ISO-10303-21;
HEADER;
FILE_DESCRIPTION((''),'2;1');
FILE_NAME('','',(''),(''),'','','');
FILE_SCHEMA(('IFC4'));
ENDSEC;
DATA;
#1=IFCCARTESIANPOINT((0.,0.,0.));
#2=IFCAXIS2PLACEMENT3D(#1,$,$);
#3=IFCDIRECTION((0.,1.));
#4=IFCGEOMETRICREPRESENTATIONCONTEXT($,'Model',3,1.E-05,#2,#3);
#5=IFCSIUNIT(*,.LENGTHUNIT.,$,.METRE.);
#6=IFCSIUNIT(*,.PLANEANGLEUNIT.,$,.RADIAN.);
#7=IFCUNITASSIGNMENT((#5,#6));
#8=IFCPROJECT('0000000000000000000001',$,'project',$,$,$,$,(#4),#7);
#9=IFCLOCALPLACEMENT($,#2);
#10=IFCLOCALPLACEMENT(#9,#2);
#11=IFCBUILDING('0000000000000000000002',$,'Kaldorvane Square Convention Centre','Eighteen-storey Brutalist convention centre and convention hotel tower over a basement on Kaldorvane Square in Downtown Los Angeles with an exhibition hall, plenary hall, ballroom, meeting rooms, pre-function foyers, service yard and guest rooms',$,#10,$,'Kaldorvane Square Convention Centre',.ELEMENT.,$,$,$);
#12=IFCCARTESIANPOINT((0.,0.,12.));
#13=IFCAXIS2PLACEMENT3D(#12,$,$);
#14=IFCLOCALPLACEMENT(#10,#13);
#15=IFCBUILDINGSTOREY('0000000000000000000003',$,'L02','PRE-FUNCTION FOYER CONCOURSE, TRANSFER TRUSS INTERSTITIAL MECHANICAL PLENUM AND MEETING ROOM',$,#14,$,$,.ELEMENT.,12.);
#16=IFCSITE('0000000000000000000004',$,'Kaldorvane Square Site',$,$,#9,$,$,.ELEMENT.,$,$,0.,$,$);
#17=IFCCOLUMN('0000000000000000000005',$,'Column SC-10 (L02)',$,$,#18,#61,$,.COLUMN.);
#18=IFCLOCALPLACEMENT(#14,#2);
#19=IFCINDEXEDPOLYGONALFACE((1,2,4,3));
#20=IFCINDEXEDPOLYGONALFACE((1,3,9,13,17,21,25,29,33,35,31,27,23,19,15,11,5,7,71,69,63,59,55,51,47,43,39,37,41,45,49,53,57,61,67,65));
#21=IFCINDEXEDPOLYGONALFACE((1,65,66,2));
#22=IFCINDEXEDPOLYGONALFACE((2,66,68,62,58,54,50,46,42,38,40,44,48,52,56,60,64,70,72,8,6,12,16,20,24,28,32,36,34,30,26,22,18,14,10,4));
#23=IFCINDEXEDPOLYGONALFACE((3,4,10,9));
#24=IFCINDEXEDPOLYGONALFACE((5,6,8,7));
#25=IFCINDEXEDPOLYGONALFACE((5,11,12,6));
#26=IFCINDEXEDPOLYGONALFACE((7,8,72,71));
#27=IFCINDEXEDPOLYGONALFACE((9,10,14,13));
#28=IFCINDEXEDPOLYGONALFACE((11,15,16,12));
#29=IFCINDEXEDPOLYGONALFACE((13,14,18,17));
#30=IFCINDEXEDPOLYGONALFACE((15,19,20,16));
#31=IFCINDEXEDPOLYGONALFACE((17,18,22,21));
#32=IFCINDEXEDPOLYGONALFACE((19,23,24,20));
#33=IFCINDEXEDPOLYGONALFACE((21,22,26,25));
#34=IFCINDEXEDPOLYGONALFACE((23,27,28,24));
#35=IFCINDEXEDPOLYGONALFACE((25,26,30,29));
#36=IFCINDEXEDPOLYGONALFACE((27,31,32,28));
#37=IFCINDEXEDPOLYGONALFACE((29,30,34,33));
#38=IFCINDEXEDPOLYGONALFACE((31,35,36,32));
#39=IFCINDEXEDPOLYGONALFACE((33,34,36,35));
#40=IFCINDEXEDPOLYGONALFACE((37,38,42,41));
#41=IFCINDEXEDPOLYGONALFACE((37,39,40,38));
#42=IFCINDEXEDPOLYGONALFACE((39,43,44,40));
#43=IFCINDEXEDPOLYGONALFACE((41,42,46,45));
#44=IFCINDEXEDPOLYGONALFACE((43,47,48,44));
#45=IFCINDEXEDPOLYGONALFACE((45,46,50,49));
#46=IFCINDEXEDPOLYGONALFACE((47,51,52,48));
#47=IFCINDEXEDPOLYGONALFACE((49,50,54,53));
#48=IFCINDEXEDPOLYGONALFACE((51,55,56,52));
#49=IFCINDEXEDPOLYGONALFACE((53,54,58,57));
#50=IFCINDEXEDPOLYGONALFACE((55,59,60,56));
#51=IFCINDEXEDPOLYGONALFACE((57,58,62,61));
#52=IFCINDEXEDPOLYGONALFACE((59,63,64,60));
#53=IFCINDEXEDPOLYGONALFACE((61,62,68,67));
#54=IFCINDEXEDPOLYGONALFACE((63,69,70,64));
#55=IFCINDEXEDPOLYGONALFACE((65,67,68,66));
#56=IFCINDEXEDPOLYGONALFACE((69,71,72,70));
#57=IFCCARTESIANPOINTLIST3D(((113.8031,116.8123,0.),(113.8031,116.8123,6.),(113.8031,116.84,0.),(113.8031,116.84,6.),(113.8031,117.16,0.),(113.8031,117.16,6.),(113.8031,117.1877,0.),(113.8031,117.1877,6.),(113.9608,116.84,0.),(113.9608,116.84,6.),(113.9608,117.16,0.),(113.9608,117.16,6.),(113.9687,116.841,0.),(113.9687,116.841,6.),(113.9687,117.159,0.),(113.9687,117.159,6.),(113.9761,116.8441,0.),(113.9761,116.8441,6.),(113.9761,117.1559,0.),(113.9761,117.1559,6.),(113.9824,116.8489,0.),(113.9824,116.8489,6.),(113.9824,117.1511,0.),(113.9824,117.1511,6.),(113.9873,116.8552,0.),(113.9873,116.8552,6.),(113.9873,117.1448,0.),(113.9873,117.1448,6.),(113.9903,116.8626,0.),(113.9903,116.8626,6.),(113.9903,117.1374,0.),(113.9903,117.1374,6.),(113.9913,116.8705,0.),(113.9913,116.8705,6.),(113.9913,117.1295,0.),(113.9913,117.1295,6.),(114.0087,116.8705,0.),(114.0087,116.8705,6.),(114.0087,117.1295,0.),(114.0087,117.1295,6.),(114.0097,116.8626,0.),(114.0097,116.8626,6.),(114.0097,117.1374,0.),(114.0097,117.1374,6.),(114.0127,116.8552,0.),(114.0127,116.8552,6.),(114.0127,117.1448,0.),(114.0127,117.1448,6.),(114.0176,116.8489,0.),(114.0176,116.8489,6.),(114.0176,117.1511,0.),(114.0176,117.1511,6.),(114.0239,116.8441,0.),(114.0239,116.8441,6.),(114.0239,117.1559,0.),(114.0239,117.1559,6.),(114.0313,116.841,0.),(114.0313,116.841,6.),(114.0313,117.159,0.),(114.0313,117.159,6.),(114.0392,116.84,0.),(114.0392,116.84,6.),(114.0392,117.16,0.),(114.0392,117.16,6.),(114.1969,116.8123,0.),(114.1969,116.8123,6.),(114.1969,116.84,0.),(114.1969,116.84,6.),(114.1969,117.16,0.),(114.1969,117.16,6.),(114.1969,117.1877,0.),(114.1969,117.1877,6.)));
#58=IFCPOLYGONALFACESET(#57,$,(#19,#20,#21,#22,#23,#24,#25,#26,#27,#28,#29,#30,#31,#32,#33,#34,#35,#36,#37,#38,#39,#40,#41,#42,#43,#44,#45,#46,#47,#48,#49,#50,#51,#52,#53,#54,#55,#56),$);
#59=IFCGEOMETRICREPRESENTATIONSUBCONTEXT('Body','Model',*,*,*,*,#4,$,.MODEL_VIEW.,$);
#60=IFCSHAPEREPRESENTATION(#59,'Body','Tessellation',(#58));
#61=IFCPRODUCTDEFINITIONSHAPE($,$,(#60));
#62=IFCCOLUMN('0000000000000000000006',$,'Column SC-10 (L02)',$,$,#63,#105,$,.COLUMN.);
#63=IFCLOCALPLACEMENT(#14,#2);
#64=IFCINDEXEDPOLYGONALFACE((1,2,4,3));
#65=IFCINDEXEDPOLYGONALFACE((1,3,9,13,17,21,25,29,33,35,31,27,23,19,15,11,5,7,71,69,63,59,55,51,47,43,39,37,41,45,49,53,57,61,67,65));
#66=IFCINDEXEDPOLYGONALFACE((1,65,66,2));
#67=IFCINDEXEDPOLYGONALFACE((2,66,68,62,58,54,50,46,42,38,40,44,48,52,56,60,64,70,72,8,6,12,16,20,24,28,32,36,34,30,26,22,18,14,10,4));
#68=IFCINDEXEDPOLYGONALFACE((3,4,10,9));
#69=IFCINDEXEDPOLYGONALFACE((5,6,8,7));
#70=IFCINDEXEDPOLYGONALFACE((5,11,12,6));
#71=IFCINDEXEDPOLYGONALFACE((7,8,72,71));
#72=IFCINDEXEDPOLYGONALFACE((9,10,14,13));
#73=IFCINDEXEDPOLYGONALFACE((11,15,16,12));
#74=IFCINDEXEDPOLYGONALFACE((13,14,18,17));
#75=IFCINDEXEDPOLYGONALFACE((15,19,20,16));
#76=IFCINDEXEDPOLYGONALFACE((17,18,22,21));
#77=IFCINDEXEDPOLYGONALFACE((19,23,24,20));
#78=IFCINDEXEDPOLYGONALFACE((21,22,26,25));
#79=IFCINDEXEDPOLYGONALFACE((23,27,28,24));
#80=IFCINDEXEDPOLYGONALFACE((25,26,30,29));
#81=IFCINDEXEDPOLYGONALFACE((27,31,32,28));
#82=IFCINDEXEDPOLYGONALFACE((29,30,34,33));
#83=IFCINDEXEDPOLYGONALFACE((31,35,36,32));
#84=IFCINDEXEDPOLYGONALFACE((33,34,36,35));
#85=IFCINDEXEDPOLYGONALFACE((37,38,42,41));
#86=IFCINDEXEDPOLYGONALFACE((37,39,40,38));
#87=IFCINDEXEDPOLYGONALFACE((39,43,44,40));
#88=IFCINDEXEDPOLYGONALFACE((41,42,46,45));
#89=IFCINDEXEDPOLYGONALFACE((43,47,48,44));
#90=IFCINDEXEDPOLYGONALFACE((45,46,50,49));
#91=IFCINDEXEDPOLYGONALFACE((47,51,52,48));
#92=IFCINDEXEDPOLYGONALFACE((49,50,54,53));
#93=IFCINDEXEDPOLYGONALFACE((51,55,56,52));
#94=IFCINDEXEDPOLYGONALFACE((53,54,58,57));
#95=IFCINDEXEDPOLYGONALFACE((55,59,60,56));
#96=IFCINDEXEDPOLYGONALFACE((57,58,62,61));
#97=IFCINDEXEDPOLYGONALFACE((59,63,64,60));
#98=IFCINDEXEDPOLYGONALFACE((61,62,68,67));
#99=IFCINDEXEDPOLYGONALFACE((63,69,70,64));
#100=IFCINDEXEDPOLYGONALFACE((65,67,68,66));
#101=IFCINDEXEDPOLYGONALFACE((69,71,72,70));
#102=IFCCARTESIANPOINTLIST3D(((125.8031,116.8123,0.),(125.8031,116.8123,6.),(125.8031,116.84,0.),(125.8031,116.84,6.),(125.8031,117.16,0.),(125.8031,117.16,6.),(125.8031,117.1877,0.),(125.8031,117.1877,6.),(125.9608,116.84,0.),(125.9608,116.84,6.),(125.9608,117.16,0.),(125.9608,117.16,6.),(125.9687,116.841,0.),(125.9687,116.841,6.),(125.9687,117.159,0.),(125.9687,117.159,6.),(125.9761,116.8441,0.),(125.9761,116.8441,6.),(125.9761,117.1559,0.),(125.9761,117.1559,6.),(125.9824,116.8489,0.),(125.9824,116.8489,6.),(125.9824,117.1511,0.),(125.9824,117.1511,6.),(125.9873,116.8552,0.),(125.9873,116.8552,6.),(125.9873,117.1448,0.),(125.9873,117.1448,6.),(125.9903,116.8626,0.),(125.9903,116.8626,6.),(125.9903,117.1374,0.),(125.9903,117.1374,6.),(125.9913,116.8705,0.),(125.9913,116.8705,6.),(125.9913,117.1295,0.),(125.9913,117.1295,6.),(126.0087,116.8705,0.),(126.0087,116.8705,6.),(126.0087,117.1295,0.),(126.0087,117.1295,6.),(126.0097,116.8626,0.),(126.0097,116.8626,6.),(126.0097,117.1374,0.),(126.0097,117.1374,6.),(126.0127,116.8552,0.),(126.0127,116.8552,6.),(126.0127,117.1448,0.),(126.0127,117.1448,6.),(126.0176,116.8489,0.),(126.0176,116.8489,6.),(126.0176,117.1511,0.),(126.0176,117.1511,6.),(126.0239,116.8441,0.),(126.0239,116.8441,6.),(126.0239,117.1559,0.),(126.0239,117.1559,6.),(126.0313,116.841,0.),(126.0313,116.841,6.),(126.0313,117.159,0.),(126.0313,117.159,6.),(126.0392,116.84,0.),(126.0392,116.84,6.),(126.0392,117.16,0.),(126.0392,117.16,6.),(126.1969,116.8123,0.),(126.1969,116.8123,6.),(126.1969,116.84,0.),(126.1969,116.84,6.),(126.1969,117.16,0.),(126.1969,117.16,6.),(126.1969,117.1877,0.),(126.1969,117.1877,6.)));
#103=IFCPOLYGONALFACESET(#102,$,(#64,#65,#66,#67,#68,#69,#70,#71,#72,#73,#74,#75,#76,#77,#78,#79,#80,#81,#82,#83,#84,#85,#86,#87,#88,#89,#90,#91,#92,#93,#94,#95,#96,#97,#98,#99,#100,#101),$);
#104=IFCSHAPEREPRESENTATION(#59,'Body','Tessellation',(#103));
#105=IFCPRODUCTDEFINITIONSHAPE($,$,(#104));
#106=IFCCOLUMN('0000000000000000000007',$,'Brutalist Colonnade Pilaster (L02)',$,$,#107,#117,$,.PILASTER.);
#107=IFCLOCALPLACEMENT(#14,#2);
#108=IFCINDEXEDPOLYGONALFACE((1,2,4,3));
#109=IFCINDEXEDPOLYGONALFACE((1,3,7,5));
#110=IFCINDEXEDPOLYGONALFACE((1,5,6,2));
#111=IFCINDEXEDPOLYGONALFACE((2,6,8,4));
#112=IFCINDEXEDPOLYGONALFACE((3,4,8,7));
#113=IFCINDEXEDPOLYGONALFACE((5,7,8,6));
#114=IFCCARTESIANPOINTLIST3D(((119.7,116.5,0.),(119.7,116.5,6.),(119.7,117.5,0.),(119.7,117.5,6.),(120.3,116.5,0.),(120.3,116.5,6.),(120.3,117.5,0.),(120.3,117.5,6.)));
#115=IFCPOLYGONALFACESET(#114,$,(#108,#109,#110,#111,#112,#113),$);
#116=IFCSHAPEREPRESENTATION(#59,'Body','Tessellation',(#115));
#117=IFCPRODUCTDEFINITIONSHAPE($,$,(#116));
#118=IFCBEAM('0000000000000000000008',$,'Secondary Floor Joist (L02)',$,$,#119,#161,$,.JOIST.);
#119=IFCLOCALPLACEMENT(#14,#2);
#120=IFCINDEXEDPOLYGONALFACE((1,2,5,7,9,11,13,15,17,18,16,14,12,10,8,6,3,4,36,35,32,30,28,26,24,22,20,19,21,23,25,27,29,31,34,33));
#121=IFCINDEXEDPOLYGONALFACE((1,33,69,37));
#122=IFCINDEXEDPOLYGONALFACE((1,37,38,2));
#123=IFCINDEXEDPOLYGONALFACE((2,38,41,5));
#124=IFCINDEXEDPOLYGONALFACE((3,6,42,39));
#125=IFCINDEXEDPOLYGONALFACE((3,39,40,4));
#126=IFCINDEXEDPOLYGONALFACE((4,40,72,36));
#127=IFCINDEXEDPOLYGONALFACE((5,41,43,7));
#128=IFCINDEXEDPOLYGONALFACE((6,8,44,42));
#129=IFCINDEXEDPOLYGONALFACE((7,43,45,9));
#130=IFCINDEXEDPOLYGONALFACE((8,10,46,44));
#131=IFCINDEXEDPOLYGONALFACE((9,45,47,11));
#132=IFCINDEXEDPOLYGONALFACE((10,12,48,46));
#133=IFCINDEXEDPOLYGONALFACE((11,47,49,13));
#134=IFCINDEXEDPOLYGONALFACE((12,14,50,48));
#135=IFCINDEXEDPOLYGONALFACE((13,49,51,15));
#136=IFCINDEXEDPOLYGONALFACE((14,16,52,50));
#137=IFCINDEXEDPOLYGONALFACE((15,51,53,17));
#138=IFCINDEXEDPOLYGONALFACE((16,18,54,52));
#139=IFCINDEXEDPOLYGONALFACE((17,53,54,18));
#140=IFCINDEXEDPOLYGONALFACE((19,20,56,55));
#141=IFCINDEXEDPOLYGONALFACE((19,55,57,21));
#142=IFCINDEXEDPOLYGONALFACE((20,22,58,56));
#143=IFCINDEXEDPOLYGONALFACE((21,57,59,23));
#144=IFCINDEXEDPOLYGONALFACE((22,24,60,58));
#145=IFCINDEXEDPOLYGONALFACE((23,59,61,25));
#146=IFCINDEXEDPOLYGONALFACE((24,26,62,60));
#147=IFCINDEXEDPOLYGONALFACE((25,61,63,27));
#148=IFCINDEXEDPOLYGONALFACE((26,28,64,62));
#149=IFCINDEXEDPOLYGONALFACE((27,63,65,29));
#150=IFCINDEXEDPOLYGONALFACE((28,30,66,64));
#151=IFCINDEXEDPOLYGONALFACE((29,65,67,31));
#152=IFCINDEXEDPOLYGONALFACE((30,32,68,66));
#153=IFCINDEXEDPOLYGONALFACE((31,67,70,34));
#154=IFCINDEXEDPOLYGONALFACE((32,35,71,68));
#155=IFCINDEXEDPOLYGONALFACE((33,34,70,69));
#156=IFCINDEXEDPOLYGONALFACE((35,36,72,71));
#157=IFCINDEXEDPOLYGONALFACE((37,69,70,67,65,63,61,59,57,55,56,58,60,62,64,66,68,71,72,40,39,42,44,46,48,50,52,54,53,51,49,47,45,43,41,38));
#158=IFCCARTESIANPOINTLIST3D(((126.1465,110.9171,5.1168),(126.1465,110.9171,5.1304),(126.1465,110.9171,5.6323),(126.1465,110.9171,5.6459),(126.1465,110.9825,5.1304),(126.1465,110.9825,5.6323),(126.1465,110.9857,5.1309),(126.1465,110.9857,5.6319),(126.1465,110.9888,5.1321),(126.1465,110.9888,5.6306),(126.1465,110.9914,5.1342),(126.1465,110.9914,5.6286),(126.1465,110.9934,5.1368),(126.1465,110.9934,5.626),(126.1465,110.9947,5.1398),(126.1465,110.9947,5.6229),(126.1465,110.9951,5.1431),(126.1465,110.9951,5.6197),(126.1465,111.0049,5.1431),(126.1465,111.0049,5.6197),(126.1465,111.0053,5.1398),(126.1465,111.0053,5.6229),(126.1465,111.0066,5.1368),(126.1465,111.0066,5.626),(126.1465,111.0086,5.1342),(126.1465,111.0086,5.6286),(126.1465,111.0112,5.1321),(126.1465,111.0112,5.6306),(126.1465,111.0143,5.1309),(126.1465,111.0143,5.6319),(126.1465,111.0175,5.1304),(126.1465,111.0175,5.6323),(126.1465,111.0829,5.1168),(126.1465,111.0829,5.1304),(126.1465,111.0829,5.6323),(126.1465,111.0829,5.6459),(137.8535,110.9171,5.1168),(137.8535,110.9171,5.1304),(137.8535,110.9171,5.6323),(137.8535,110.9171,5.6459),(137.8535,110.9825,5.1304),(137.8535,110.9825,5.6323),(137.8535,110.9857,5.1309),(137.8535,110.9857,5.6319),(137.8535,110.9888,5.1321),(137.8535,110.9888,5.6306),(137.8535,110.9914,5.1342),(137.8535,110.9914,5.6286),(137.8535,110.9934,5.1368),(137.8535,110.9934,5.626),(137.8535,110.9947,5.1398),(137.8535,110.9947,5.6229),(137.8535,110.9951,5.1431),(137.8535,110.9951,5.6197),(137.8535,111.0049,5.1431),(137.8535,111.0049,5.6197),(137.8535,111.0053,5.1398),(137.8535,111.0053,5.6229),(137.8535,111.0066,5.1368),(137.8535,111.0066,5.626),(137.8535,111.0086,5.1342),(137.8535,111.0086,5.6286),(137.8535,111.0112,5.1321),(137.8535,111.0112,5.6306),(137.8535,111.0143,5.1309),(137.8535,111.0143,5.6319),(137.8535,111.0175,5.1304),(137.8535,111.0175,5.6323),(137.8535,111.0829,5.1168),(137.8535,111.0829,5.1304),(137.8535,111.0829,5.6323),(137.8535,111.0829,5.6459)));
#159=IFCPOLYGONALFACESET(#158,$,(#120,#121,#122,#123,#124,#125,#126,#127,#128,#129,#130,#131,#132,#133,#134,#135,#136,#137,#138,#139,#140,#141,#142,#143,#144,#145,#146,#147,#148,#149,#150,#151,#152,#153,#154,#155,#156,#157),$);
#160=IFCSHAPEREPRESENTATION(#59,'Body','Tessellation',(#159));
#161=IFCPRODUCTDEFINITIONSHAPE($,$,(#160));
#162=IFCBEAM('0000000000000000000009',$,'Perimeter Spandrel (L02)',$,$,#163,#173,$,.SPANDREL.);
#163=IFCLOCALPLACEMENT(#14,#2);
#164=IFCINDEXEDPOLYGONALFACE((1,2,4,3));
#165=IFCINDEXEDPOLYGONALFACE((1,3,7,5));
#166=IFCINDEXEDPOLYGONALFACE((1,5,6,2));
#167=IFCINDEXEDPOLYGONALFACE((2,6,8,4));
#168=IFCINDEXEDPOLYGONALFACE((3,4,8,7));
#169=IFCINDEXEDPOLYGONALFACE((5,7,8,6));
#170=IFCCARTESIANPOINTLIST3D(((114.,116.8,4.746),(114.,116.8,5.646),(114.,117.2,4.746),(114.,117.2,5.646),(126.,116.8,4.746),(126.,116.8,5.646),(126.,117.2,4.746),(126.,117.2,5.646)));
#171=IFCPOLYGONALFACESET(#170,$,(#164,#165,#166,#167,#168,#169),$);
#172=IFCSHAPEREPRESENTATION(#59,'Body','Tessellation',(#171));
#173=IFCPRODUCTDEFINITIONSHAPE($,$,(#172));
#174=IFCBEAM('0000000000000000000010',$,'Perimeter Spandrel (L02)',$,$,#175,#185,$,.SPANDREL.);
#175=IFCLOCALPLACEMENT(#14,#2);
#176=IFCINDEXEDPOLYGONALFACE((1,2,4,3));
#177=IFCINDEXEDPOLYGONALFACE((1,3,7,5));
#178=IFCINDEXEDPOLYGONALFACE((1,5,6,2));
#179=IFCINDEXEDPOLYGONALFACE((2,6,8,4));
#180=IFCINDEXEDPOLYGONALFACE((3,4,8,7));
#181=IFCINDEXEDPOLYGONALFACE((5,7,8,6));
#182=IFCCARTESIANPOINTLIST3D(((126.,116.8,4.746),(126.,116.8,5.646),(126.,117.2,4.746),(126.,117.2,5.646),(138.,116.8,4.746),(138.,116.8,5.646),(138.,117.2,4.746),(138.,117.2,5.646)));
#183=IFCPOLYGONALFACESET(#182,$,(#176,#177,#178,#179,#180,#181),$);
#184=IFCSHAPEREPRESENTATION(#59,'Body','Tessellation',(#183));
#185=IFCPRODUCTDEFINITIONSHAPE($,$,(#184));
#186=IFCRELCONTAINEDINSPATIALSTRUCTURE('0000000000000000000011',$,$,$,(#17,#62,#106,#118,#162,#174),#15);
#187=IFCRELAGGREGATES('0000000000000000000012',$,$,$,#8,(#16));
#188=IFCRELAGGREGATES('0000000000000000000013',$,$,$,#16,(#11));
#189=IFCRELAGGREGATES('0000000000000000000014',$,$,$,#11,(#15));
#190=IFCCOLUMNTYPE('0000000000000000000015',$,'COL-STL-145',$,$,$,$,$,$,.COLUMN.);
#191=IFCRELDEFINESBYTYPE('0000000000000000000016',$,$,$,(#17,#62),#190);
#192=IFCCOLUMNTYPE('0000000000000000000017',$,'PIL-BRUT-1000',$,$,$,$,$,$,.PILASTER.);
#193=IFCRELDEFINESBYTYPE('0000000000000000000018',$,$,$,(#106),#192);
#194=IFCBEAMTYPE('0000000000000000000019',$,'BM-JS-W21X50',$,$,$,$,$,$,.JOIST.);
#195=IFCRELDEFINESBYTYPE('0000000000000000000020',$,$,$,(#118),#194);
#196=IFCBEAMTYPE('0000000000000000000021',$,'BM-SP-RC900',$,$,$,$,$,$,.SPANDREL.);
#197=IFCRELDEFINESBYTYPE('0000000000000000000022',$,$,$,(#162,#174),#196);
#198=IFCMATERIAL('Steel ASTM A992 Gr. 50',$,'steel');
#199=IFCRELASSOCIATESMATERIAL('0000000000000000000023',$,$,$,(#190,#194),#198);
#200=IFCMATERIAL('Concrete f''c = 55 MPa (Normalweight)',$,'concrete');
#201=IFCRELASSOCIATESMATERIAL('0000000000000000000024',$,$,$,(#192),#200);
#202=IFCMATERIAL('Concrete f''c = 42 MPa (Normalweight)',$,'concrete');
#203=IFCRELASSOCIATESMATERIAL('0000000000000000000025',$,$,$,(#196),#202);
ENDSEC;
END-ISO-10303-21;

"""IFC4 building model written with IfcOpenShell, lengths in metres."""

from ifc_helpers import new_model, si_unit, direction, frame, origin, origin_2d, place, context, subcontext, project, spatial, rectangle, i_section, extrude, material, material_profile, profile_set, type_object, element, save


model = new_model("IFC4")

# Units and contexts
model_context = context("Model", 3, precision=1e-05, world=origin(), true_north=direction((0.0, 1.0)))
body_context = subcontext(model_context, "Body", "Model", "MODEL_VIEW")
ifc_project = project(units=[si_unit("LENGTHUNIT", "METRE"), si_unit("PLANEANGLEUNIT", "RADIAN")], contexts=[model_context])

# Site, building, storey
site_placement = place(None, origin())
site = spatial("IfcSite", under=ifc_project, at=site_placement, Name="Kaldorvane Square Site", CompositionType="ELEMENT", RefElevation=0.0)
building_placement = place(site_placement, origin())
building = spatial("IfcBuilding", under=site, at=building_placement, Name="Kaldorvane Square Convention Centre", Description="Eighteen-storey Brutalist convention centre and convention hotel tower over a basement on Kaldorvane Square in Downtown Los Angeles with an exhibition hall, plenary hall, ballroom, meeting rooms, pre-function foyers, service yard and guest rooms", LongName="Kaldorvane Square Convention Centre", CompositionType="ELEMENT")
storey_placement = place(building_placement, frame((0.0, 0.0, 12.0)))
storey = spatial("IfcBuildingStorey", under=building, at=storey_placement, Name="L02", Description="PRE-FUNCTION FOYER CONCOURSE, TRANSFER TRUSS INTERSTITIAL MECHANICAL PLENUM AND MEETING ROOM", CompositionType="ELEMENT", Elevation=12.0)

# Columns
ifc_material_1 = material(Name="Steel ASTM A992 Gr. 50", Category="steel")
ifc_material_profile_1 = material_profile(ifc_material_1, i_section(OverallWidth=0.3937, OverallDepth=0.3754, WebThickness=0.0173, FlangeThickness=0.0277, FilletRadius=0.0305, at=origin_2d()), Name="W14X145")
ifc_profile_set_1 = profile_set([ifc_material_profile_1], Name="Steel ASTM A992 Gr. 50")
column_type_1 = type_object("IfcColumnType", Name="COL-STL-145", PredefinedType="COLUMN", material=ifc_profile_set_1)
for number, where, z_axis, x_axis, name in (
    (1, (114.0, 117.0, 0.0), (0.0, 0.0, 1.0), (1.0, 0.0, 0.0), "Column SC-10 (L02)"),
    (2, (126.0, 117.0, 0.0), (0.0, 0.0, 1.0), (1.0, 0.0, 0.0), "Column SC-10 (L02)"),
):
    element("IfcColumn", number, at=place(storey_placement, frame(where, z_axis=z_axis, x_axis=x_axis)), inside=storey, type_object=column_type_1, Name=name, PredefinedType="COLUMN", context=body_context, shape_type="SweptSolid", body=[
        extrude(i_section(OverallWidth=0.3937, OverallDepth=0.3754, WebThickness=0.0173, FlangeThickness=0.0277, FilletRadius=0.0305, at=origin_2d()), origin(), (0.0, 0.0, 1.0), 6.0),
    ])
ifc_material_2 = material(Name="Concrete f'c = 55 MPa (Normalweight)", Category="concrete")
ifc_material_profile_2 = material_profile(ifc_material_2, rectangle(XDim=0.6, YDim=1.0, at=origin_2d()), Name="PIL1000X600")
ifc_profile_set_2 = profile_set([ifc_material_profile_2], Name="Concrete f'c = 55 MPa (Normalweight)")
column_type_2 = type_object("IfcColumnType", Name="PIL-BRUT-1000", PredefinedType="PILASTER", material=ifc_profile_set_2)
column_placement = place(storey_placement, frame((120.0, 117.0, 0.0), z_axis=(0.0, 0.0, 1.0), x_axis=(1.0, 0.0, 0.0)))
element("IfcColumn", 3, at=column_placement, inside=storey, type_object=column_type_2, Name="Brutalist Colonnade Pilaster (L02)", PredefinedType="PILASTER", context=body_context, shape_type="SweptSolid", body=[
    extrude(rectangle(XDim=0.6, YDim=1.0, at=origin_2d()), origin(), (0.0, 0.0, 1.0), 6.0),
])

# Beams
ifc_material_profile_3 = material_profile(ifc_material_1, i_section(OverallWidth=0.1659, OverallDepth=0.5291, WebThickness=0.0097, FlangeThickness=0.0136, FilletRadius=0.0127, at=origin_2d()), Name="W21X50")
ifc_profile_set_3 = profile_set([ifc_material_profile_3], Name="Steel ASTM A992 Gr. 50")
beam_type_1 = type_object("IfcBeamType", Name="BM-JS-W21X50", PredefinedType="JOIST", material=ifc_profile_set_3)
beam_placement = place(storey_placement, frame((126.1465, 111.0, 5.3814), z_axis=(1.0, 0.0, 0.0), x_axis=(0.0, 1.0, 0.0)))
element("IfcBeam", 4, at=beam_placement, inside=storey, type_object=beam_type_1, Name="Secondary Floor Joist (L02)", PredefinedType="JOIST", context=body_context, shape_type="SweptSolid", body=[
    extrude(i_section(OverallWidth=0.1659, OverallDepth=0.5291, WebThickness=0.0097, FlangeThickness=0.0136, FilletRadius=0.0127, at=origin_2d()), origin(), (0.0, 0.0, 1.0), 11.707),
])
ifc_material_3 = material(Name="Concrete f'c = 42 MPa (Normalweight)", Category="concrete")
ifc_material_profile_4 = material_profile(ifc_material_3, rectangle(XDim=0.4, YDim=0.9, at=origin_2d()), Name="RCSP900X400")
ifc_profile_set_4 = profile_set([ifc_material_profile_4], Name="Concrete f'c = 42 MPa (Normalweight)")
beam_type_2 = type_object("IfcBeamType", Name="BM-SP-RC900", PredefinedType="SPANDREL", material=ifc_profile_set_4)
for number, where, z_axis, x_axis, name in (
    (5, (114.0, 117.0, 5.196), (1.0, 0.0, 0.0), (0.0, 1.0, 0.0), "Perimeter Spandrel (L02)"),
    (6, (126.0, 117.0, 5.196), (1.0, 0.0, 0.0), (0.0, 1.0, 0.0), "Perimeter Spandrel (L02)"),
):
    element("IfcBeam", number, at=place(storey_placement, frame(where, z_axis=z_axis, x_axis=x_axis)), inside=storey, type_object=beam_type_2, Name=name, PredefinedType="SPANDREL", context=body_context, shape_type="SweptSolid", body=[
        extrude(rectangle(XDim=0.4, YDim=0.9, at=origin_2d()), origin(), (0.0, 0.0, 1.0), 12.0),
    ])

save(model, "model.ifc")
